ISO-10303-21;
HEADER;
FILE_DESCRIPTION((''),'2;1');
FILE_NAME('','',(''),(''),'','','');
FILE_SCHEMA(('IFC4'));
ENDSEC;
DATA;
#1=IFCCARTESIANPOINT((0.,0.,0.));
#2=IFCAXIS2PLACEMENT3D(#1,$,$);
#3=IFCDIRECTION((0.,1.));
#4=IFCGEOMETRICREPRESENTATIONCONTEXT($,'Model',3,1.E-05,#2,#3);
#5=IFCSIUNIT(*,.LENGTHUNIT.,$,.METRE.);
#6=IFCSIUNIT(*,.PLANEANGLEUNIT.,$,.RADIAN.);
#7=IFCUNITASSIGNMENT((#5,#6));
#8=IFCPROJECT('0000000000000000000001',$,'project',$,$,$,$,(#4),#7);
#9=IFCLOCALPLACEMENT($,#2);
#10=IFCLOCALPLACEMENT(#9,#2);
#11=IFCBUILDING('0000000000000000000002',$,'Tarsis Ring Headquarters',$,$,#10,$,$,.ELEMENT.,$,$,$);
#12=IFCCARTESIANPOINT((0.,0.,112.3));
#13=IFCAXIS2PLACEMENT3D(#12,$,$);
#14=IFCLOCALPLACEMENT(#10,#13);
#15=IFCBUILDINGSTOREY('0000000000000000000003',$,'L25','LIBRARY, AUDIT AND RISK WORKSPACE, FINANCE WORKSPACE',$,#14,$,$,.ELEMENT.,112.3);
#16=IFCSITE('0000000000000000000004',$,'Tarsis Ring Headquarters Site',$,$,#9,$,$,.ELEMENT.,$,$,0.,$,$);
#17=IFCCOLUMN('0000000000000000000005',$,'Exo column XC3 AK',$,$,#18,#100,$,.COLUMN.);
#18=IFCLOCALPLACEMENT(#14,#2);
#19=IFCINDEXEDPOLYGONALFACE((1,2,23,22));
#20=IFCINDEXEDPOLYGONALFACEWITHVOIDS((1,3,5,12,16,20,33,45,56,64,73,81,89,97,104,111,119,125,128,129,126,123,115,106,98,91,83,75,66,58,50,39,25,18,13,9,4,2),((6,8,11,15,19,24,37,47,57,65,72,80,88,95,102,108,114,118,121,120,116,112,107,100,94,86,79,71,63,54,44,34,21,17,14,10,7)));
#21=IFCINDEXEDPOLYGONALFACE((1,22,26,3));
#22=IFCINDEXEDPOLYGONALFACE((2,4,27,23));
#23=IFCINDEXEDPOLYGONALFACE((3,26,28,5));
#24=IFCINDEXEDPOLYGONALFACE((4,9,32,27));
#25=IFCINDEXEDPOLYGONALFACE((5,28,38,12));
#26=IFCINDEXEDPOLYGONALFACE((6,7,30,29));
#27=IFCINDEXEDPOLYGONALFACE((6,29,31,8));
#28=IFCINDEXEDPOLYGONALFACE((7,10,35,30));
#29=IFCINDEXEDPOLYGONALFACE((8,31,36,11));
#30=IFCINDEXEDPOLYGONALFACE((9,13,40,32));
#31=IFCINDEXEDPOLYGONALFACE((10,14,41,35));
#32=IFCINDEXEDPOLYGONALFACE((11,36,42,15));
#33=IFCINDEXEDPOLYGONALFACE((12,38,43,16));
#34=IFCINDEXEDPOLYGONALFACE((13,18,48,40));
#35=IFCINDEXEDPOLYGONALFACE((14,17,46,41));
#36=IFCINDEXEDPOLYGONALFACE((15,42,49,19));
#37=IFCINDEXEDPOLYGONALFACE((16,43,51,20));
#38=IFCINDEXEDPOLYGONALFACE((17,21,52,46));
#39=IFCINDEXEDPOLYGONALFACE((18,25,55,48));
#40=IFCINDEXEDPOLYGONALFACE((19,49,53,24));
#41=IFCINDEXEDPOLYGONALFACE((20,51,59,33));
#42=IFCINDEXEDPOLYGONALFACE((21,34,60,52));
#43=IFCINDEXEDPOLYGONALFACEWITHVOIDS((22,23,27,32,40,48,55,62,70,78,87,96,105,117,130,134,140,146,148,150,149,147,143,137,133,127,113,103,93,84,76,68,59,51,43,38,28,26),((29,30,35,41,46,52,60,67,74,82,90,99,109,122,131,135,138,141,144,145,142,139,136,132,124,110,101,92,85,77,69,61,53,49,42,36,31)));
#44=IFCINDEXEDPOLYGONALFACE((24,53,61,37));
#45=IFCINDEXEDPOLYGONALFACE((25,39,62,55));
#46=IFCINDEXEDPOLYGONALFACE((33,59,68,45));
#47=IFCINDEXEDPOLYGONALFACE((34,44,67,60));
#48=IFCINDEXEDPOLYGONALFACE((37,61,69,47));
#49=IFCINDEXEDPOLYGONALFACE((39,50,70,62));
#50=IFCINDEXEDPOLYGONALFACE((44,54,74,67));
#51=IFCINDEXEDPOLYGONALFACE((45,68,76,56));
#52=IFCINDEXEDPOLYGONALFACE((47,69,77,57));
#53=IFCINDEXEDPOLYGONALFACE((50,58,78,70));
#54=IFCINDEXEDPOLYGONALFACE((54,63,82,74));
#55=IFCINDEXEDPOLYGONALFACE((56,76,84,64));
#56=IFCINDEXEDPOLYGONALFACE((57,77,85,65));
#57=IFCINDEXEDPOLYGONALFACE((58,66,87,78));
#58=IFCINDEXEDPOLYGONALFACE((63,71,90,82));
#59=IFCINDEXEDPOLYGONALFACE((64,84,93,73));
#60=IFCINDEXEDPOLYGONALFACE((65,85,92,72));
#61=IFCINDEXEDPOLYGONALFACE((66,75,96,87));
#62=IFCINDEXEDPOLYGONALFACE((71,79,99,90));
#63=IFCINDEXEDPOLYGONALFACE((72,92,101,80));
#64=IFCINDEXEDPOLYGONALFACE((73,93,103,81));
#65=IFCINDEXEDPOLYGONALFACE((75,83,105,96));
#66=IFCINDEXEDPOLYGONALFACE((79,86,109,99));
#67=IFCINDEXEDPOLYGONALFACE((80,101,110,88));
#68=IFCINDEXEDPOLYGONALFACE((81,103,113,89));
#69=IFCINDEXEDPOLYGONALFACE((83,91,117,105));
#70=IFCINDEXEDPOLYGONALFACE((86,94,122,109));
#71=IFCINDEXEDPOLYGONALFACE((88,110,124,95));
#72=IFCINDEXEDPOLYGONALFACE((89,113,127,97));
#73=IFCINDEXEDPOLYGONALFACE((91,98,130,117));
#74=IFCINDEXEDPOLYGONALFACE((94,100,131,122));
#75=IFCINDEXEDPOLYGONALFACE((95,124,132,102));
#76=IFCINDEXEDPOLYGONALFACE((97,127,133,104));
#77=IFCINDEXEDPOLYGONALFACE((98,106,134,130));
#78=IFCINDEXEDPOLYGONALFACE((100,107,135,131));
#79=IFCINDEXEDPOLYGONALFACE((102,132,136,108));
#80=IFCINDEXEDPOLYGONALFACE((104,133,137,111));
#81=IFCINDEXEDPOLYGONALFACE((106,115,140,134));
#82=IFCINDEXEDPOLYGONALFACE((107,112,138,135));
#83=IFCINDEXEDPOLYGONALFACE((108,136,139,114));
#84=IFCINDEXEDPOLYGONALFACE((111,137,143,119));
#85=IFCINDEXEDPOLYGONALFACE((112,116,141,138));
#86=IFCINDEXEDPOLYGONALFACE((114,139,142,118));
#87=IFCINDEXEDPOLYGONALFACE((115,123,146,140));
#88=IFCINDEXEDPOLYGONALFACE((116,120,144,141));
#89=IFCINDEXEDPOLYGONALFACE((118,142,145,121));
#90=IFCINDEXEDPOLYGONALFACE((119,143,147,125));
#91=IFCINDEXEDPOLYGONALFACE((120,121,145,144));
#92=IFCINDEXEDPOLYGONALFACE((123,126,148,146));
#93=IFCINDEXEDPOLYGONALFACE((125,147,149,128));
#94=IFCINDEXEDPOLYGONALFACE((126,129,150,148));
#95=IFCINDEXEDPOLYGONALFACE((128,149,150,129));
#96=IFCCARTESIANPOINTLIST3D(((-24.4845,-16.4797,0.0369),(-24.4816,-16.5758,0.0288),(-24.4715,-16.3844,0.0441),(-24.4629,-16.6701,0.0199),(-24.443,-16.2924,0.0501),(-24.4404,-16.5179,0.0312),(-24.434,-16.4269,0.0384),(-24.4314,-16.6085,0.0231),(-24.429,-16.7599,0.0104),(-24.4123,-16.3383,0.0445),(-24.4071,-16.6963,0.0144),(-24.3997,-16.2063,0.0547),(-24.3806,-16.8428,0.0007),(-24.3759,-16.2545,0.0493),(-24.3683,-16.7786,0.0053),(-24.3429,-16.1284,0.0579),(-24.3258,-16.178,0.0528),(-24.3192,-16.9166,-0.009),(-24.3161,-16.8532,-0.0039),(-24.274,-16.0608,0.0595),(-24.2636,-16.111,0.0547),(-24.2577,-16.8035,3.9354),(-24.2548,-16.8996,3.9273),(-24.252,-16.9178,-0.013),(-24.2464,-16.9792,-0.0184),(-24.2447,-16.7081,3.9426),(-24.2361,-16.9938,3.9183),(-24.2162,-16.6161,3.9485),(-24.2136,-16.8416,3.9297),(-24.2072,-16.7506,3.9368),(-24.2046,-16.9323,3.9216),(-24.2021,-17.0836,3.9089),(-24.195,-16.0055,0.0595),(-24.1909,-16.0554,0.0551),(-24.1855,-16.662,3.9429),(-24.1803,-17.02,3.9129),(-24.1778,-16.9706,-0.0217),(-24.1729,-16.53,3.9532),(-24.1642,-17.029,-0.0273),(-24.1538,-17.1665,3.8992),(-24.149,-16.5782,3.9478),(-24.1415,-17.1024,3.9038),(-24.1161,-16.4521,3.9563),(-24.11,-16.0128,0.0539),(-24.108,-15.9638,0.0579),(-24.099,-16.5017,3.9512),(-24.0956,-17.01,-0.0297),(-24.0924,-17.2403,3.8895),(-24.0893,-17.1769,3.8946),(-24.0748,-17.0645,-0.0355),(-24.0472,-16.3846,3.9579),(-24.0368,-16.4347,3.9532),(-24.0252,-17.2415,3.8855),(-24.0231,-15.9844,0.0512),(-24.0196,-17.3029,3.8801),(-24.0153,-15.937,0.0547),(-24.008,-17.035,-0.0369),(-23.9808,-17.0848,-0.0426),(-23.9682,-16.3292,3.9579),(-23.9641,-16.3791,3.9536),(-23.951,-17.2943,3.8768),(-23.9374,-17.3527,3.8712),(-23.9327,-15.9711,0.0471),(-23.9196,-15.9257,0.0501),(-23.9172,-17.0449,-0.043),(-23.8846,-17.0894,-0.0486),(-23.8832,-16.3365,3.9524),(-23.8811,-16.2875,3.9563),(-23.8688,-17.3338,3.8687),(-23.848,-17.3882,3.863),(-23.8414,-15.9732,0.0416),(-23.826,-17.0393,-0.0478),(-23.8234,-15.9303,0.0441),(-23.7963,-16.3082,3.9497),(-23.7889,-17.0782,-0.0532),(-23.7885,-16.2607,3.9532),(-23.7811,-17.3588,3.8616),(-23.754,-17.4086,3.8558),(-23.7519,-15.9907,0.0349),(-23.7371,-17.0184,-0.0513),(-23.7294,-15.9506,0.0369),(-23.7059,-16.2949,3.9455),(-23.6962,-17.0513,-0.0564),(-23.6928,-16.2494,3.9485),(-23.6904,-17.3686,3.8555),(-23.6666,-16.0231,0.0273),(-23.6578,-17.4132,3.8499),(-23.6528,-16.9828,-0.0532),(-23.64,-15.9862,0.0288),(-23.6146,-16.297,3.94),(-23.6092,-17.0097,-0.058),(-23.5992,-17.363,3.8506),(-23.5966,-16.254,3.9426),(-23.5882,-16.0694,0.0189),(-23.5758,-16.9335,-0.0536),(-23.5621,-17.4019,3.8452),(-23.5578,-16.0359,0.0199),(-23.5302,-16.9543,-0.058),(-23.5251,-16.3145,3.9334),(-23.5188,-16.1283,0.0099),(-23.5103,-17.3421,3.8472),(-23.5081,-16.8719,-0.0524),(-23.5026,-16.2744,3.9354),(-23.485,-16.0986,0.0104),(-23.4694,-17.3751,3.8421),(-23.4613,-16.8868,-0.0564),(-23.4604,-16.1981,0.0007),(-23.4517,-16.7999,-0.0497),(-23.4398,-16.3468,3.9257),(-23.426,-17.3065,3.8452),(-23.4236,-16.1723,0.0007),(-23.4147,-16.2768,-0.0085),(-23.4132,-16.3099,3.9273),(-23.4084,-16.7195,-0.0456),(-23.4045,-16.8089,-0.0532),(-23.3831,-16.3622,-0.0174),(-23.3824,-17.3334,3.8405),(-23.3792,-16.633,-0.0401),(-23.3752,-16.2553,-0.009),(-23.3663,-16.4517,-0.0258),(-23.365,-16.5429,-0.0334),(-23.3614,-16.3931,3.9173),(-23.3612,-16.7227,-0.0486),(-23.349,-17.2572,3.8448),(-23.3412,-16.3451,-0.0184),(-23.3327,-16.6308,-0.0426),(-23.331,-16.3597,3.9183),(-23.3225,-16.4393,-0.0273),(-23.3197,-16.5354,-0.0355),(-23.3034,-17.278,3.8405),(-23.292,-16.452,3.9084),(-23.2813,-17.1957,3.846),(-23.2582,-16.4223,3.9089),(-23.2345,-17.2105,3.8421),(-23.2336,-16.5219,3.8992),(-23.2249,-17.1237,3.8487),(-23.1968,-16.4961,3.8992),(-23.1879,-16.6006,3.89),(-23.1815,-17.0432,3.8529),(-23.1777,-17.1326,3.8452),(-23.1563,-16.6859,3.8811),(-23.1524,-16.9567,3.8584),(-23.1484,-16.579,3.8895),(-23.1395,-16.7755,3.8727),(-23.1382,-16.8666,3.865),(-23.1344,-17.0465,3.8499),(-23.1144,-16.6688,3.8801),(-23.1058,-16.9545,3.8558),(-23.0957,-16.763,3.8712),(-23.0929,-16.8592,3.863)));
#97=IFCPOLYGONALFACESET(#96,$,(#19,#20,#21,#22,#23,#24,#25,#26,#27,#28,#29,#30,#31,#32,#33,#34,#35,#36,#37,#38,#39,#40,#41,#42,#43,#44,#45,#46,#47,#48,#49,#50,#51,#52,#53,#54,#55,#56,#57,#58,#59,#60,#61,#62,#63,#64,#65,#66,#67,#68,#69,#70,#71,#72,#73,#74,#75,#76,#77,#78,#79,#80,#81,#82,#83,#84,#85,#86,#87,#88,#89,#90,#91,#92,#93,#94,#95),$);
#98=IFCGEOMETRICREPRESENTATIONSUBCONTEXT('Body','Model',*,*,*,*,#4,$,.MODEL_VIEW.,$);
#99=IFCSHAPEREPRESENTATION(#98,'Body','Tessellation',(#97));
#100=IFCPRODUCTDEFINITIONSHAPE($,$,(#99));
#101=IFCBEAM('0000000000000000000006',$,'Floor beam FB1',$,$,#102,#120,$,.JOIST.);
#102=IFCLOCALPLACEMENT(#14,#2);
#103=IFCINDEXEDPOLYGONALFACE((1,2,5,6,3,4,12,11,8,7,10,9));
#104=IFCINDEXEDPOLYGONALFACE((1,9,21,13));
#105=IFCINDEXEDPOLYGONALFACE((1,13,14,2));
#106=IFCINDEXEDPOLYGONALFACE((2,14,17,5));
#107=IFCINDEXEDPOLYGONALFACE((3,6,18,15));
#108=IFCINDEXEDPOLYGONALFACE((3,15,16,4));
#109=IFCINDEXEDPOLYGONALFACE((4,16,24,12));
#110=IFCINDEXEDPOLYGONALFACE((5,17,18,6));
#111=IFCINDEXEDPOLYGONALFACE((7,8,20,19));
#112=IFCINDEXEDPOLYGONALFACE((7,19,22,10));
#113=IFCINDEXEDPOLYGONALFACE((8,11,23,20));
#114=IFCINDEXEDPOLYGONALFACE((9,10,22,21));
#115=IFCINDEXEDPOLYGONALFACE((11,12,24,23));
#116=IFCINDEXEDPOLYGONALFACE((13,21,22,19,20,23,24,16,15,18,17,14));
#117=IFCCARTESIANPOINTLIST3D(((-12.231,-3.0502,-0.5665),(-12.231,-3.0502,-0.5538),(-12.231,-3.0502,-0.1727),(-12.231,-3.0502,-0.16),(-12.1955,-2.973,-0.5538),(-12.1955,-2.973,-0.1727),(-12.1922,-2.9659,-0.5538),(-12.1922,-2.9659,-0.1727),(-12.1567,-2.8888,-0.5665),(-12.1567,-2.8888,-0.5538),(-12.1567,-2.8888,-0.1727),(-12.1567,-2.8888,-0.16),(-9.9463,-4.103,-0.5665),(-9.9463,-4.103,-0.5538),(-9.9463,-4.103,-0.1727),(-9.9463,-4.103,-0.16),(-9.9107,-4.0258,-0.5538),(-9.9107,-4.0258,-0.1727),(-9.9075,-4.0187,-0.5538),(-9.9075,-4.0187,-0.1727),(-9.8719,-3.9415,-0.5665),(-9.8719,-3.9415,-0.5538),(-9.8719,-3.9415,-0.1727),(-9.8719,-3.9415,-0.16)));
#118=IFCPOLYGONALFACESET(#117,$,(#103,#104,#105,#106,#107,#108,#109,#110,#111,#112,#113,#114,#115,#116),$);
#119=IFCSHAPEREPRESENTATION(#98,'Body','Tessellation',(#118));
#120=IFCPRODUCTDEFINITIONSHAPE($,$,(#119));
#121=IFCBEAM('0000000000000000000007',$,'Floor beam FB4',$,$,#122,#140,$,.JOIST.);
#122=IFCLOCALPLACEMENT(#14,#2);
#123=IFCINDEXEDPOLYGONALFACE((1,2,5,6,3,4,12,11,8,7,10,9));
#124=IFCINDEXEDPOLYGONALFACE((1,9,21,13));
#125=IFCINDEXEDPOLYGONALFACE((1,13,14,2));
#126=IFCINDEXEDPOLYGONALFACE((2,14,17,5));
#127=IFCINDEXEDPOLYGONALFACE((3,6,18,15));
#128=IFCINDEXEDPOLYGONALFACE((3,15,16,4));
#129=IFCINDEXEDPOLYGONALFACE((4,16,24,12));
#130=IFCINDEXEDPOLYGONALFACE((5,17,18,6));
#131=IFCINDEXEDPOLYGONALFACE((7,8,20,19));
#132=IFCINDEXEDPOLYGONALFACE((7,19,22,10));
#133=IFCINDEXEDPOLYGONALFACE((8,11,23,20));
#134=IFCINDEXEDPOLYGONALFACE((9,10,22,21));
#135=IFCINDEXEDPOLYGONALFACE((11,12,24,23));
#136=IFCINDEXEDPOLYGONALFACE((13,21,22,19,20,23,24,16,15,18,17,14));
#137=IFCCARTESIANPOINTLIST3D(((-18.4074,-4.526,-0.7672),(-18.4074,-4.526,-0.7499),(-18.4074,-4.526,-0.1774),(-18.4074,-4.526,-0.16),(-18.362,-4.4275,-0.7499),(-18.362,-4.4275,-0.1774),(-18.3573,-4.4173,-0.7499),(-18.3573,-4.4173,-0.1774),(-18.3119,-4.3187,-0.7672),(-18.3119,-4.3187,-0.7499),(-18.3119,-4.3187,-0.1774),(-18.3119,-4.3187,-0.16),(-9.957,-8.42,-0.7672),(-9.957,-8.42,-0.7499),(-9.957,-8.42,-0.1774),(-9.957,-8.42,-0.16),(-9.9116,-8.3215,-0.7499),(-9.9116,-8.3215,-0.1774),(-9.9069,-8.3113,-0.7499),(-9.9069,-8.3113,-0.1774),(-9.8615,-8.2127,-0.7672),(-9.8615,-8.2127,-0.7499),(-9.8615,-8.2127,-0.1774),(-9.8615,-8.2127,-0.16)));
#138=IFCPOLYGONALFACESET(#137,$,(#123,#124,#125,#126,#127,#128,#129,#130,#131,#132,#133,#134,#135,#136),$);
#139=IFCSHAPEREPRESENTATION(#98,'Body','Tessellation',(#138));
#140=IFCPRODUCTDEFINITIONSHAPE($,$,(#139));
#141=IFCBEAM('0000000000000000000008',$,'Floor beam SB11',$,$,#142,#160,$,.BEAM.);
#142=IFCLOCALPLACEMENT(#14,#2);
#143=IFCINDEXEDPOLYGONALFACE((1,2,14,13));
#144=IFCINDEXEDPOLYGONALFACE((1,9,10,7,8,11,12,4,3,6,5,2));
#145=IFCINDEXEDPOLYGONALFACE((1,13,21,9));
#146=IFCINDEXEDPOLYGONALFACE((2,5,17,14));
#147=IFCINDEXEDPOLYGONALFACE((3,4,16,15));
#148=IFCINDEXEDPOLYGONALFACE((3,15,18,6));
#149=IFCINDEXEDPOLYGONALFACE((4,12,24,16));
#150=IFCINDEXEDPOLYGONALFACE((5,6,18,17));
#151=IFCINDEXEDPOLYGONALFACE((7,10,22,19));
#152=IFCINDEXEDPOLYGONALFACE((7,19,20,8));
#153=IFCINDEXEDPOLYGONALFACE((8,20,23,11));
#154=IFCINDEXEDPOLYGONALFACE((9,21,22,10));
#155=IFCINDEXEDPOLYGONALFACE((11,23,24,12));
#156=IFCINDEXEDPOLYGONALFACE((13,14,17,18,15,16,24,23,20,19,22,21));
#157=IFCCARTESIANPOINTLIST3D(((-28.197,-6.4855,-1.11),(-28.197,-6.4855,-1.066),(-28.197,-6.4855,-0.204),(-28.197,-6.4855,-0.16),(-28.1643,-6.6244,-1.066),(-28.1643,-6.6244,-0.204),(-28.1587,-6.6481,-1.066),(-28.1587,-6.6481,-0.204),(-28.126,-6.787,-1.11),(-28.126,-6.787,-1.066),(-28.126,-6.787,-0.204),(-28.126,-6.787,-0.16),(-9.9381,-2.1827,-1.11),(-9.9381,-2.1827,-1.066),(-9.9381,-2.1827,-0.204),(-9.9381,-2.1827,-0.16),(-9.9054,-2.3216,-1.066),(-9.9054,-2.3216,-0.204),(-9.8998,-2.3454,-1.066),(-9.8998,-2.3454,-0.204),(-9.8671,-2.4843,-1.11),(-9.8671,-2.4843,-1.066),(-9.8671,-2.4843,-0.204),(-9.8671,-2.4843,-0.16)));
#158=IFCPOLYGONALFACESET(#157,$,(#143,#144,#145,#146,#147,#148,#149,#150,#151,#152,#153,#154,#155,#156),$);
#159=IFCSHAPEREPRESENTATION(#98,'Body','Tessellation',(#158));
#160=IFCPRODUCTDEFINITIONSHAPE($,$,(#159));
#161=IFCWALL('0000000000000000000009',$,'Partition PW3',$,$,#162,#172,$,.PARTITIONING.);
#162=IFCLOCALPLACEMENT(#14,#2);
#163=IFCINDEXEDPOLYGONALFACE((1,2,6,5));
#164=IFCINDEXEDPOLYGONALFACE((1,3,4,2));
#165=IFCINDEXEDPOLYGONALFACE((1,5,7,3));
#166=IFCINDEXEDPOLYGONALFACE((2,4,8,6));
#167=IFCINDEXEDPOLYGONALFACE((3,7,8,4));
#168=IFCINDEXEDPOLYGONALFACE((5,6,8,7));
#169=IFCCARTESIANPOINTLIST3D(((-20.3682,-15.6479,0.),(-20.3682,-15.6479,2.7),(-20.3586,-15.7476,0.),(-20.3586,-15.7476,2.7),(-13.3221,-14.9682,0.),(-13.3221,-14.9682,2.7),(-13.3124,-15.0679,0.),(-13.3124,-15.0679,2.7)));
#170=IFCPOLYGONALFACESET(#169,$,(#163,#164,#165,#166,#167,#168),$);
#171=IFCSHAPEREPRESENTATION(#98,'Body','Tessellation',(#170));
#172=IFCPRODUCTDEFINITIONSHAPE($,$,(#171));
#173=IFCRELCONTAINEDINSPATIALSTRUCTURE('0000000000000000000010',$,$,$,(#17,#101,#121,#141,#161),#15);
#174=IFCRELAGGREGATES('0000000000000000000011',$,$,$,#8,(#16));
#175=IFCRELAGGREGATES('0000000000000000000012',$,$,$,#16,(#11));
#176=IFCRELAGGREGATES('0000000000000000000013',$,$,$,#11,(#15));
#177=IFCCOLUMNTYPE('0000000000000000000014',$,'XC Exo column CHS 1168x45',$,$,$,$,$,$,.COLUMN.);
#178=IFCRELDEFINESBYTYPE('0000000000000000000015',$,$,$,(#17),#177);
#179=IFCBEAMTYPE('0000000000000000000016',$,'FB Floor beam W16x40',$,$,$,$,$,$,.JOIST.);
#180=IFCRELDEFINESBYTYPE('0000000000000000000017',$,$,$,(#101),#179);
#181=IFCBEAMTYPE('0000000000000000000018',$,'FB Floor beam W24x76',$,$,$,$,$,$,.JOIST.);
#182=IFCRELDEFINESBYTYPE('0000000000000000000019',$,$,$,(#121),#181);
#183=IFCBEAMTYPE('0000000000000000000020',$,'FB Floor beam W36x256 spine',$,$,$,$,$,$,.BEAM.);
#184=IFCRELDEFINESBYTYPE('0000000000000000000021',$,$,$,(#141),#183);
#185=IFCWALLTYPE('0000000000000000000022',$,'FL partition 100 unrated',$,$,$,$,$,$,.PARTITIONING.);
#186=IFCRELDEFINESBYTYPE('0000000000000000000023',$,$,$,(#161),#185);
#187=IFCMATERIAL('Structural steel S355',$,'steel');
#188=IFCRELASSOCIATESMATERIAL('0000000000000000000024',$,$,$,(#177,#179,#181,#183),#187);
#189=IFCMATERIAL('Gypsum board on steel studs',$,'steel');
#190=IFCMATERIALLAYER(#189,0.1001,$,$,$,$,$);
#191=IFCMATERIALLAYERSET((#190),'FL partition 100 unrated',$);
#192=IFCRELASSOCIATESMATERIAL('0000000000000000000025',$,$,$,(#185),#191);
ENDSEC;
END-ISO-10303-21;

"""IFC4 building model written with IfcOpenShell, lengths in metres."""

from ifc_helpers import new_model, si_unit, direction, frame, frame_2d, origin, origin_2d, place, context, subcontext, project, spatial, rectangle, hollow_circle, i_section, extrude, material, layer, layer_set, material_profile, profile_set, type_object, element, save


model = new_model("IFC4")

# Units and contexts
model_context = context("Model", 3, precision=1e-05, world=origin(), true_north=direction((0.0, 1.0)))
body_context = subcontext(model_context, "Body", "Model", "MODEL_VIEW")
ifc_project = project(units=[si_unit("LENGTHUNIT", "METRE"), si_unit("PLANEANGLEUNIT", "RADIAN")], contexts=[model_context])

# Site, building, storey
site_placement = place(None, origin())
site = spatial("IfcSite", under=ifc_project, at=site_placement, Name="Tarsis Ring Headquarters Site", CompositionType="ELEMENT", RefElevation=0.0)
building_placement = place(site_placement, origin())
building = spatial("IfcBuilding", under=site, at=building_placement, Name="Tarsis Ring Headquarters", CompositionType="ELEMENT")
storey_placement = place(building_placement, frame((0.0, 0.0, 112.3)))
storey = spatial("IfcBuildingStorey", under=building, at=storey_placement, Name="L25", Description="LIBRARY, AUDIT AND RISK WORKSPACE, FINANCE WORKSPACE", CompositionType="ELEMENT", Elevation=112.3)

# Column
ifc_material_1 = material(Name="Structural steel S355", Category="steel")
ifc_material_profile_1 = material_profile(ifc_material_1, hollow_circle(Radius=0.5842, WallThickness=0.0449, at=origin_2d()), Name="CHS 1168x45")
ifc_profile_set_1 = profile_set([ifc_material_profile_1], Name="Structural steel S355")
column_type = type_object("IfcColumnType", Name="XC Exo column CHS 1168x45", PredefinedType="COLUMN", material=ifc_profile_set_1)
column_placement = place(storey_placement, frame((-23.9021, -16.5076, 0.0007), z_axis=(0.057882, -0.082617, 0.994899), x_axis=(0.819, 0.573794, 0.0)))
element("IfcColumn", 1, at=column_placement, inside=storey, type_object=column_type, Name="Exo column XC3 AK", PredefinedType="COLUMN", context=body_context, shape_type="SweptSolid", body=[
    extrude(hollow_circle(Radius=0.5842, WallThickness=0.0449, at=origin_2d()), origin(), (0.0, 0.0, 1.0), 3.9185),
])

# Beams
ifc_material_profile_2 = material_profile(ifc_material_1, i_section(OverallWidth=0.1777, OverallDepth=0.4065, WebThickness=0.0078, FlangeThickness=0.0127, at=origin_2d()), Name="W16x40")
ifc_profile_set_2 = profile_set([ifc_material_profile_2], Name="Structural steel S355")
beam_type_1 = type_object("IfcBeamType", Name="FB Floor beam W16x40", PredefinedType="JOIST", material=ifc_profile_set_2)
beam_1_placement = place(storey_placement, frame((-12.1938, -2.9695, -0.3633), z_axis=(0.908221, -0.418492, 0.0), x_axis=(0.418492, 0.908221, 0.0)))
element("IfcBeam", 2, at=beam_1_placement, inside=storey, type_object=beam_type_1, Name="Floor beam FB1", PredefinedType="JOIST", context=body_context, shape_type="SweptSolid", body=[
    extrude(i_section(OverallWidth=0.1777, OverallDepth=0.4065, WebThickness=0.0078, FlangeThickness=0.0127, at=origin_2d()), origin(), (0.0, 0.0, 1.0), 2.5156),
])
ifc_material_profile_3 = material_profile(ifc_material_1, i_section(OverallWidth=0.2283, OverallDepth=0.6072, WebThickness=0.0112, FlangeThickness=0.0173, at=origin_2d()), Name="W24x76")
ifc_profile_set_3 = profile_set([ifc_material_profile_3], Name="Structural steel S355")
beam_type_2 = type_object("IfcBeamType", Name="FB Floor beam W24x76", PredefinedType="JOIST", material=ifc_profile_set_3)
beam_2_placement = place(storey_placement, frame((-18.3596, -4.4224, -0.4636), z_axis=(0.908211, -0.418512, 0.0), x_axis=(0.418512, 0.908211, 0.0)))
element("IfcBeam", 3, at=beam_2_placement, inside=storey, type_object=beam_type_2, Name="Floor beam FB4", PredefinedType="JOIST", context=body_context, shape_type="SweptSolid", body=[
    extrude(i_section(OverallWidth=0.2283, OverallDepth=0.6072, WebThickness=0.0112, FlangeThickness=0.0173, at=origin_2d()), origin(), (0.0, 0.0, 1.0), 9.3044),
])
ifc_material_profile_4 = material_profile(ifc_material_1, i_section(OverallWidth=0.3098, OverallDepth=0.95, WebThickness=0.0244, FlangeThickness=0.0439, at=origin_2d()), Name="W36x256")
ifc_profile_set_4 = profile_set([ifc_material_profile_4], Name="Structural steel S355")
beam_type_3 = type_object("IfcBeamType", Name="FB Floor beam W36x256 spine", PredefinedType="BEAM", material=ifc_profile_set_4)
beam_3_placement = place(storey_placement, frame((-9.9026, -2.3335, -0.635), z_axis=(-0.973339, -0.22937, 0.0), x_axis=(0.22937, -0.973339, 0.0)))
element("IfcBeam", 4, at=beam_3_placement, inside=storey, type_object=beam_type_3, Name="Floor beam SB11", PredefinedType="BEAM", context=body_context, shape_type="SweptSolid", body=[
    extrude(i_section(OverallWidth=0.3098, OverallDepth=0.95, WebThickness=0.0244, FlangeThickness=0.0439, at=origin_2d()), origin(), (0.0, 0.0, 1.0), 18.759),
])

# Wall
ifc_material_2 = material(Name="Gypsum board on steel studs", Category="steel")
ifc_layer_1 = layer(ifc_material_2, 0.1001)
ifc_layer_set_1 = layer_set([ifc_layer_1], Name="FL partition 100 unrated")
wall_type_1 = type_object("IfcWallType", Name="FL partition 100 unrated", PredefinedType="PARTITIONING", material=ifc_layer_set_1)
wall_1_placement = place(storey_placement, frame((-20.3635, -15.6978, 0.0), z_axis=(0.0, 0.0, 1.0), x_axis=(0.99538, 0.096017, 0.0)))
element("IfcWall", 5, at=wall_1_placement, inside=storey, type_object=wall_type_1, Name="Partition PW3", PredefinedType="PARTITIONING", context=body_context, shape_type="SweptSolid", body=[
    extrude(rectangle(XDim=7.0789, YDim=0.1001, at=frame_2d((3.5396, 0.0))), origin(), (0.0, 0.0, 1.0), 2.7),
])

save(model, "model.ifc")
